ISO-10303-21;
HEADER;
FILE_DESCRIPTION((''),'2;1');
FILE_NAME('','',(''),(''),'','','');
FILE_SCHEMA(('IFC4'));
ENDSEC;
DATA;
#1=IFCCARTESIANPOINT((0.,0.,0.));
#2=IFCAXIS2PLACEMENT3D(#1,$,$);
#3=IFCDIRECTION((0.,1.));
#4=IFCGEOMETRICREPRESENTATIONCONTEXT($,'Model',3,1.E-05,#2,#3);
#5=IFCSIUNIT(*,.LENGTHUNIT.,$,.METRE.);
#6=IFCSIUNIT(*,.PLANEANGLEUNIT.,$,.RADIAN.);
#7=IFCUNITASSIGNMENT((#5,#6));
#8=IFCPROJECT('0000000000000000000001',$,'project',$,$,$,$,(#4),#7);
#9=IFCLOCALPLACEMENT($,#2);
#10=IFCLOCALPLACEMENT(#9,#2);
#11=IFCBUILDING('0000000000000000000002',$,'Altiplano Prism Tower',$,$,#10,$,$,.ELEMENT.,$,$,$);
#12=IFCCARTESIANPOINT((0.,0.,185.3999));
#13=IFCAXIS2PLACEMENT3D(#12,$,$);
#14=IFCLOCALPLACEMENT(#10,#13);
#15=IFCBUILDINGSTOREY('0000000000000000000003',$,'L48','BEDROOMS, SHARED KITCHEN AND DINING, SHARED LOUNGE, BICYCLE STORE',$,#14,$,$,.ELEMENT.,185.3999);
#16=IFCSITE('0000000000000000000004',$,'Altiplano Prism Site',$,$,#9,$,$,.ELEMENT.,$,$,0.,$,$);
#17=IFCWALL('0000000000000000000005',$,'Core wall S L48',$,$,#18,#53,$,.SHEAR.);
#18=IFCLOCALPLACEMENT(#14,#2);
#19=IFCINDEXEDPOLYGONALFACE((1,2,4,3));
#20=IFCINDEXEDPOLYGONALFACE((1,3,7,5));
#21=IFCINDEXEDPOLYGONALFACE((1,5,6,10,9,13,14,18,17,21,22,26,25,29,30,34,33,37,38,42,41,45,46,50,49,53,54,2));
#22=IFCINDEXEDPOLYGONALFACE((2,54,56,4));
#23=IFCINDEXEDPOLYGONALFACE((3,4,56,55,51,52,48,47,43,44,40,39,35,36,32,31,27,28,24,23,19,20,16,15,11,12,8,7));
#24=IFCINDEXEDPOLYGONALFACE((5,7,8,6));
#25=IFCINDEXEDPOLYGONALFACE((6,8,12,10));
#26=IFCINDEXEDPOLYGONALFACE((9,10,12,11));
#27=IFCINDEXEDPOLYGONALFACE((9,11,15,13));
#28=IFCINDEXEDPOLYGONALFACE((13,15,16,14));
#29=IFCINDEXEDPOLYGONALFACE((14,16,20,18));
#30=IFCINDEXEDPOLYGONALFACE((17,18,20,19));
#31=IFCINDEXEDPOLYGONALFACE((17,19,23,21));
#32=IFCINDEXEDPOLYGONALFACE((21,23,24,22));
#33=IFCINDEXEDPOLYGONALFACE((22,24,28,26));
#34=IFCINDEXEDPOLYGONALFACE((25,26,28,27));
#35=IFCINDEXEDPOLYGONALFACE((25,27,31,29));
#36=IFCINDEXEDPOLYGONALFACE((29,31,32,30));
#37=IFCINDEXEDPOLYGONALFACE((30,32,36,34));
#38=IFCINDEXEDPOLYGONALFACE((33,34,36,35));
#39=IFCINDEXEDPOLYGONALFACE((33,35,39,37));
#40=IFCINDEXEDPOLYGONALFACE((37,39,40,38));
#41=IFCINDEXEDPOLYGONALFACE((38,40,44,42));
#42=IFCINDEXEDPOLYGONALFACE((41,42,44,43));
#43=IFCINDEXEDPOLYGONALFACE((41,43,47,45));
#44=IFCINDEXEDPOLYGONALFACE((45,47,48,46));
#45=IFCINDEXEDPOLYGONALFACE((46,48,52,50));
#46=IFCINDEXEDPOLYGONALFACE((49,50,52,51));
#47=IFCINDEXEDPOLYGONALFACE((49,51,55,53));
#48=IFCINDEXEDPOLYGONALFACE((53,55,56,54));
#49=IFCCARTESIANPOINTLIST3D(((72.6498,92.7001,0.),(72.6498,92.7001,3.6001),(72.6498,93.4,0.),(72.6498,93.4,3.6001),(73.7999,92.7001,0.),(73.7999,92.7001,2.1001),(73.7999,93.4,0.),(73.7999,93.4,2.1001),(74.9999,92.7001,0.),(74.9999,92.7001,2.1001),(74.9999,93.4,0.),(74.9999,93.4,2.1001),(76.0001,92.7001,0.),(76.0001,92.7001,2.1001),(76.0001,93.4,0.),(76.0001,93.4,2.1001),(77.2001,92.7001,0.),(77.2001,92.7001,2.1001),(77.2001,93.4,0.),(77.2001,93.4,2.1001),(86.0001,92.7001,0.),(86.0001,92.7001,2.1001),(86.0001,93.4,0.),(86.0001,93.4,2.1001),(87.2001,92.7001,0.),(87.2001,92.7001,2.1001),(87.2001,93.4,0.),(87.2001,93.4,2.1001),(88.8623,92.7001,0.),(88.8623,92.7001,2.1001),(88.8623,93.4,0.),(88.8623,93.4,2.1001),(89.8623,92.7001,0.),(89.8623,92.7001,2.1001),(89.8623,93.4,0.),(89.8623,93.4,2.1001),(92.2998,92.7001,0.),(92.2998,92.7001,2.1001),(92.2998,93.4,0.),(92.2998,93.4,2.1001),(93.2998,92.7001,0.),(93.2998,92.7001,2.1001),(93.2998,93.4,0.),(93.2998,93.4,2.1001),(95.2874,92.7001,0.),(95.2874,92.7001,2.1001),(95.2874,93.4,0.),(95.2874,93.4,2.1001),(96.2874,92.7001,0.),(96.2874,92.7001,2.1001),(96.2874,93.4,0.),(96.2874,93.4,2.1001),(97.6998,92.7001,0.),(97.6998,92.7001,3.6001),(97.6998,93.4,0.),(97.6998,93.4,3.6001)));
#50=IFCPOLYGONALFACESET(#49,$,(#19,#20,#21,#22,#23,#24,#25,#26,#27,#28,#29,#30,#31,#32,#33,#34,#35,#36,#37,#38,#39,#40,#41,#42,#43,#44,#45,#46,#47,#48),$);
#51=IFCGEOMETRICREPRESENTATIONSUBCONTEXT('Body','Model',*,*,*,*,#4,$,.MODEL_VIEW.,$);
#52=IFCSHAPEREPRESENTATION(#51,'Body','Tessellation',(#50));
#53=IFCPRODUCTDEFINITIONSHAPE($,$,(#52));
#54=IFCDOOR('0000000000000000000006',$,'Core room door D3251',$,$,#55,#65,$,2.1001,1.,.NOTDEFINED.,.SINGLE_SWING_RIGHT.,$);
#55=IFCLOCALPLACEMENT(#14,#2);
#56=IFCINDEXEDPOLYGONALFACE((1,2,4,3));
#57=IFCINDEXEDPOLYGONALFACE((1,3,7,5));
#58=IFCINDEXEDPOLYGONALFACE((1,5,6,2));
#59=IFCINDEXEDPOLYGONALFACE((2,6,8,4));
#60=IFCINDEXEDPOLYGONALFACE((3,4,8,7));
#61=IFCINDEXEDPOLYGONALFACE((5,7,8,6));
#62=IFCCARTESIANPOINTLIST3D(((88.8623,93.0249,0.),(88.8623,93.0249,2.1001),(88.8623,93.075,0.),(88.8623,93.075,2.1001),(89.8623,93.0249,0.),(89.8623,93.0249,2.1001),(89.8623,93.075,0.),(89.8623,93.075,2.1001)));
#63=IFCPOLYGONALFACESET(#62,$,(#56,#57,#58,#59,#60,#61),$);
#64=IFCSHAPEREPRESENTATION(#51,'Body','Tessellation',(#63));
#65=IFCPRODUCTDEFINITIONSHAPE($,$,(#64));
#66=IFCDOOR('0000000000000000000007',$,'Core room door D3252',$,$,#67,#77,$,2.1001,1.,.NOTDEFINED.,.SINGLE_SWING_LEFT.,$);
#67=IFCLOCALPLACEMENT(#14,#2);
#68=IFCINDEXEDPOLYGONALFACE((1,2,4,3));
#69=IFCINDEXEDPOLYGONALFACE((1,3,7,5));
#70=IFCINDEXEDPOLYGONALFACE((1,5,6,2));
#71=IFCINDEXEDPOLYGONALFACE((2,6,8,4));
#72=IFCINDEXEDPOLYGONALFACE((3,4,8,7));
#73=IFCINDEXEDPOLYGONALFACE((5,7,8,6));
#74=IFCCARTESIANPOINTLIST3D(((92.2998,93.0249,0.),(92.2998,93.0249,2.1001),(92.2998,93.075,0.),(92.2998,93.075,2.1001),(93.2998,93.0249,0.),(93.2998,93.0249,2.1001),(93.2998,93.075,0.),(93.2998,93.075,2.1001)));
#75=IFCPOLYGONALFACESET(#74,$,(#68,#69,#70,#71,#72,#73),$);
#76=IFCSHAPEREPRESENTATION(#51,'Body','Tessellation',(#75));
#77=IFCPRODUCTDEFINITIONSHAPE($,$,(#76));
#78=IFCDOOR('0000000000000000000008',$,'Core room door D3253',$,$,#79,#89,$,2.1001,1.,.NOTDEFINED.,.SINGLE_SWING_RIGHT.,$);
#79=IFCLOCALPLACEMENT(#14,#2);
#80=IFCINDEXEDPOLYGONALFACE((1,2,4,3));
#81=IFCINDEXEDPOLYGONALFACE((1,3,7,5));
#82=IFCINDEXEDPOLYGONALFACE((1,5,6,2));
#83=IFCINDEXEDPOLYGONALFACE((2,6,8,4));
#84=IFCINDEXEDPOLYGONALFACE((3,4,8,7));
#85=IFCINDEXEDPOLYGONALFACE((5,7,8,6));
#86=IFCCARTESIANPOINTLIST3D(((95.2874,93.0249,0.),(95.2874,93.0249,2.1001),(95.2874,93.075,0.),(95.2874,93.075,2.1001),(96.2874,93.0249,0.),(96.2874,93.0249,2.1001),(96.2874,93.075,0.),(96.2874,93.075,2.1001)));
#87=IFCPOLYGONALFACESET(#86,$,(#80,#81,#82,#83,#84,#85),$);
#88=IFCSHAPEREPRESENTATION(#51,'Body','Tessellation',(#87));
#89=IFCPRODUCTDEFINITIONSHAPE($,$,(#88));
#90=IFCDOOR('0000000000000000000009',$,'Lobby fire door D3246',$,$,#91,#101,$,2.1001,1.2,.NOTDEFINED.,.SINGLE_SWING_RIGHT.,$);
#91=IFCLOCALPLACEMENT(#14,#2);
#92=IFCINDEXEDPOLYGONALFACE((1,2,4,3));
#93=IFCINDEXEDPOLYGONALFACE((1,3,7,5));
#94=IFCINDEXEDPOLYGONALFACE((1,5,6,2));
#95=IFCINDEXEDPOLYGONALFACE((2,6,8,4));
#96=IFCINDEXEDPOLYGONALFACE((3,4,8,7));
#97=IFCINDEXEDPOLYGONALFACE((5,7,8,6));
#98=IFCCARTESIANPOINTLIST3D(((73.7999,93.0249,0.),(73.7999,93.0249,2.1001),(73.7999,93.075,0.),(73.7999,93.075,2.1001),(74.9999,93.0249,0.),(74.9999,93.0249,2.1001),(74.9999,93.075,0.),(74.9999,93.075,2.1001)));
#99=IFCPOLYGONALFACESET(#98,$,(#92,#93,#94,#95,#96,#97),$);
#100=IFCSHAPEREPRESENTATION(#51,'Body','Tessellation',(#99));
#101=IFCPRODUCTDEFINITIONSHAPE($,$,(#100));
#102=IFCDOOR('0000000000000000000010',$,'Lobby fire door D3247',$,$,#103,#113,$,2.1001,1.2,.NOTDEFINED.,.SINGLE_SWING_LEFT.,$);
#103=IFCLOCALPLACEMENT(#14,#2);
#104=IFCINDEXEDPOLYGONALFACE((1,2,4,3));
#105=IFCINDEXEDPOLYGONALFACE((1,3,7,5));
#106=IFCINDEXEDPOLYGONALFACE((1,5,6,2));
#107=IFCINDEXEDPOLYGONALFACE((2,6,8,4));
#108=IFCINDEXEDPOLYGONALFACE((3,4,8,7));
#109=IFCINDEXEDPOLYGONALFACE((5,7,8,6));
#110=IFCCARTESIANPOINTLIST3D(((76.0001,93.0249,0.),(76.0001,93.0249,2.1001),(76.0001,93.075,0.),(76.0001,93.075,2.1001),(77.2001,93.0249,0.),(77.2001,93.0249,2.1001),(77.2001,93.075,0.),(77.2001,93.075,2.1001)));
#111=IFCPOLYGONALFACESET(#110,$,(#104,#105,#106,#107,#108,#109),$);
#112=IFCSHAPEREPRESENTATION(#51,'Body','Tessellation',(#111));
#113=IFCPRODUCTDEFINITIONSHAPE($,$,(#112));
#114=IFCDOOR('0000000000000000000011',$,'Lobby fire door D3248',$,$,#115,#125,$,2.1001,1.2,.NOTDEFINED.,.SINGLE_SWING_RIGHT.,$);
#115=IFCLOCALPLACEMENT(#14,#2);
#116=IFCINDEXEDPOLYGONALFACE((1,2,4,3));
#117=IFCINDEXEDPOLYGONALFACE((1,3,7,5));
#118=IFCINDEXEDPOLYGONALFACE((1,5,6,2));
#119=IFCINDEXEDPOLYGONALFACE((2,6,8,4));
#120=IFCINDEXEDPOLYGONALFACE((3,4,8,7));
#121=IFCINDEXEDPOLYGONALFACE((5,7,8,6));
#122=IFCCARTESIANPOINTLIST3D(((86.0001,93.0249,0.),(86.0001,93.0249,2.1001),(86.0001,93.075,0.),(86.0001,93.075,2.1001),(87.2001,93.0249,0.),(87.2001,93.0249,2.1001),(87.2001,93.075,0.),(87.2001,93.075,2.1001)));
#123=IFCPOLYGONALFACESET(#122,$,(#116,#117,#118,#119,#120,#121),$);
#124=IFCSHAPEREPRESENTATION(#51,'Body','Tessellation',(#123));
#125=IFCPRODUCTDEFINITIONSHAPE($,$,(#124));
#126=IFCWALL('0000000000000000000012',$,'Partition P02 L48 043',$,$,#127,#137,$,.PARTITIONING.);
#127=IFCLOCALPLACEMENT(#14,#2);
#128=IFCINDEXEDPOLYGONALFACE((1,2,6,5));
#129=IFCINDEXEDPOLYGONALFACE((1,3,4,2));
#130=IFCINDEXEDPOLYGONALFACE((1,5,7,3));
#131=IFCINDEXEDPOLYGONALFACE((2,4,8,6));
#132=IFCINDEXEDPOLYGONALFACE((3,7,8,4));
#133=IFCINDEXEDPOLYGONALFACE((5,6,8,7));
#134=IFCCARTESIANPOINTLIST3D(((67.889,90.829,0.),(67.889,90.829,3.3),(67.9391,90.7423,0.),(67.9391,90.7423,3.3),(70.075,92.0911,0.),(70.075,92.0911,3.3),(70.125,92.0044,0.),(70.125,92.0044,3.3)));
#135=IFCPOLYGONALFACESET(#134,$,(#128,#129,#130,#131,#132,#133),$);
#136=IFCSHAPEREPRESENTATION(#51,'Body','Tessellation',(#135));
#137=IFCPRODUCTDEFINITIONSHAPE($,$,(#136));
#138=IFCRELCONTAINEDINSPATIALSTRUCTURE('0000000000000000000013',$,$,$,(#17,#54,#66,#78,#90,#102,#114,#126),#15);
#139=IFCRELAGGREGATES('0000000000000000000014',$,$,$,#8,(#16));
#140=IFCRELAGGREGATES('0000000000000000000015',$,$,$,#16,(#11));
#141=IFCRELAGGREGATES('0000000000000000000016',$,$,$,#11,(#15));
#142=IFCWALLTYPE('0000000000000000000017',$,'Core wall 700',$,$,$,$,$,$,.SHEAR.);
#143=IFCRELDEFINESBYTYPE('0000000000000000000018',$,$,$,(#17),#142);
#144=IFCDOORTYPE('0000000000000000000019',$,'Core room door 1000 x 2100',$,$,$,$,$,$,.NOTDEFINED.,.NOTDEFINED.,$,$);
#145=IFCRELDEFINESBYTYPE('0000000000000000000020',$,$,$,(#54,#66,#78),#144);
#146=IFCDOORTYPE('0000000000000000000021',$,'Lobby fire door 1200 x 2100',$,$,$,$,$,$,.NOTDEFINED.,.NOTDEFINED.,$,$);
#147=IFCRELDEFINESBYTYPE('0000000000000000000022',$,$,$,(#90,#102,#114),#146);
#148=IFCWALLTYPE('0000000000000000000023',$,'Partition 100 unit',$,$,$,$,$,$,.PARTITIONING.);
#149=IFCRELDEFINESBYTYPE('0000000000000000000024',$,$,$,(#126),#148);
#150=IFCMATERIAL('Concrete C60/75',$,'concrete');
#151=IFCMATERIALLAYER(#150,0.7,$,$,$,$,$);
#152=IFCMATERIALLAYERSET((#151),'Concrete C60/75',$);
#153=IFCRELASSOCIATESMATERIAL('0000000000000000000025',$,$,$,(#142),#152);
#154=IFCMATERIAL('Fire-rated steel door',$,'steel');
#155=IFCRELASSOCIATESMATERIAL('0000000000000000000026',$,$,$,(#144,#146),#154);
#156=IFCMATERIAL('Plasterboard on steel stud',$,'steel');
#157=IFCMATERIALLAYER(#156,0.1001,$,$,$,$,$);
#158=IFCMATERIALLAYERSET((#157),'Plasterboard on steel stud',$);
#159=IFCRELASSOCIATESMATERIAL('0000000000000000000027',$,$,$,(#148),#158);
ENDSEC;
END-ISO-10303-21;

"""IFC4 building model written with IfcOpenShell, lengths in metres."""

from ifc_helpers import new_model, si_unit, direction, frame, frame_2d, origin, place, context, subcontext, project, spatial, rectangle, extrude, material, layer, layer_set, type_object, element, fill, save


model = new_model("IFC4")

# Units and contexts
model_context = context("Model", 3, precision=1e-05, world=origin(), true_north=direction((0.0, 1.0)))
body_context = subcontext(model_context, "Body", "Model", "MODEL_VIEW")
ifc_project = project(units=[si_unit("LENGTHUNIT", "METRE"), si_unit("PLANEANGLEUNIT", "RADIAN")], contexts=[model_context])

# Site, building, storey
site_placement = place(None, origin())
site = spatial("IfcSite", under=ifc_project, at=site_placement, Name="Altiplano Prism Site", CompositionType="ELEMENT", RefElevation=0.0)
building_placement = place(site_placement, origin())
building = spatial("IfcBuilding", under=site, at=building_placement, Name="Altiplano Prism Tower", CompositionType="ELEMENT")
storey_placement = place(building_placement, frame((0.0, 0.0, 185.3999)))
storey = spatial("IfcBuildingStorey", under=building, at=storey_placement, Name="L48", Description="BEDROOMS, SHARED KITCHEN AND DINING, SHARED LOUNGE, BICYCLE STORE", CompositionType="ELEMENT", Elevation=185.3999)

# Wall, openings, doors
ifc_material_1 = material(Name="Concrete C60/75", Category="concrete")
ifc_layer_1 = layer(ifc_material_1, 0.7)
ifc_layer_set_1 = layer_set([ifc_layer_1], Name="Concrete C60/75")
wall_type_1 = type_object("IfcWallType", Name="Core wall 700", PredefinedType="SHEAR", material=ifc_layer_set_1)
wall_1_placement = place(storey_placement, frame((72.6499, 93.05, 0.0), z_axis=(0.0, 0.0, 1.0), x_axis=(1.0, 0.0, 0.0)))
wall_1 = element("IfcWall", 1, at=wall_1_placement, inside=storey, type_object=wall_type_1, Name="Core wall S L48", PredefinedType="SHEAR", context=body_context, shape_type="SweptSolid", body=[
    extrude(rectangle(XDim=25.05, YDim=0.7, at=frame_2d((12.5249, 0.0))), origin(), (0.0, 0.0, 1.0), 3.6001),
])
opening_1_placement = place(wall_1_placement, frame((1.1499, 0.0, 0.0)))
opening_1 = element("IfcOpeningElement", 2, at=opening_1_placement, cuts=wall_1, PredefinedType="OPENING", context=body_context, shape_type="SweptSolid", body=[
    extrude(rectangle(XDim=1.2, YDim=2.1001, at=frame_2d((0.6001, 1.05))), frame((0.0, 0.3604, 0.0), z_axis=(0.0, -1.0, 0.0), x_axis=(1.0, 0.0, 0.0)), (0.0, 0.0, 1.0), 0.7209),
])
opening_2_placement = place(wall_1_placement, frame((3.3501, 0.0, 0.0)))
opening_2 = element("IfcOpeningElement", 3, at=opening_2_placement, cuts=wall_1, PredefinedType="OPENING", context=body_context, shape_type="SweptSolid", body=[
    extrude(rectangle(XDim=1.2, YDim=2.1001, at=frame_2d((0.6001, 1.05))), frame((0.0, 0.3604, 0.0), z_axis=(0.0, -1.0, 0.0), x_axis=(1.0, 0.0, 0.0)), (0.0, 0.0, 1.0), 0.7209),
])
opening_3_placement = place(wall_1_placement, frame((13.3501, 0.0, 0.0)))
opening_3 = element("IfcOpeningElement", 4, at=opening_3_placement, cuts=wall_1, PredefinedType="OPENING", context=body_context, shape_type="SweptSolid", body=[
    extrude(rectangle(XDim=1.2, YDim=2.1001, at=frame_2d((0.6001, 1.05))), frame((0.0, 0.3604, 0.0), z_axis=(0.0, -1.0, 0.0), x_axis=(1.0, 0.0, 0.0)), (0.0, 0.0, 1.0), 0.7209),
])
opening_4_placement = place(wall_1_placement, frame((16.2124, 0.0, 0.0)))
opening_4 = element("IfcOpeningElement", 5, at=opening_4_placement, cuts=wall_1, PredefinedType="OPENING", context=body_context, shape_type="SweptSolid", body=[
    extrude(rectangle(XDim=1.0, YDim=2.1001, at=frame_2d((0.5, 1.05))), frame((0.0, 0.3604, 0.0), z_axis=(0.0, -1.0, 0.0), x_axis=(1.0, 0.0, 0.0)), (0.0, 0.0, 1.0), 0.7209),
])
opening_5_placement = place(wall_1_placement, frame((19.6499, 0.0, 0.0)))
opening_5 = element("IfcOpeningElement", 6, at=opening_5_placement, cuts=wall_1, PredefinedType="OPENING", context=body_context, shape_type="SweptSolid", body=[
    extrude(rectangle(XDim=1.0, YDim=2.1001, at=frame_2d((0.5, 1.05))), frame((0.0, 0.3604, 0.0), z_axis=(0.0, -1.0, 0.0), x_axis=(1.0, 0.0, 0.0)), (0.0, 0.0, 1.0), 0.7209),
])
opening_6_placement = place(wall_1_placement, frame((22.6375, 0.0, 0.0)))
opening_6 = element("IfcOpeningElement", 7, at=opening_6_placement, cuts=wall_1, PredefinedType="OPENING", context=body_context, shape_type="SweptSolid", body=[
    extrude(rectangle(XDim=1.0, YDim=2.1001, at=frame_2d((0.5, 1.05))), frame((0.0, 0.3604, 0.0), z_axis=(0.0, -1.0, 0.0), x_axis=(1.0, 0.0, 0.0)), (0.0, 0.0, 1.0), 0.7209),
])
ifc_material_2 = material(Name="Fire-rated steel door", Category="steel")
door_type_1 = type_object("IfcDoorType", Name="Core room door 1000 x 2100", OperationType="NOTDEFINED", PredefinedType="NOTDEFINED", material=ifc_material_2)
door_1_placement = place(opening_4_placement, origin())
door_1 = element("IfcDoor", 8, at=door_1_placement, inside=storey, type_object=door_type_1, Name="Core room door D3251", OperationType="SINGLE_SWING_RIGHT", OverallHeight=2.1001, OverallWidth=1.0, PredefinedType="NOTDEFINED", context=body_context, shape_type="SweptSolid", body=[
    extrude(rectangle(XDim=1.0, YDim=2.1001, at=frame_2d((0.5, 1.05))), frame((0.0, 0.0249, 0.0), z_axis=(0.0, -1.0, 0.0), x_axis=(1.0, 0.0, 0.0)), (0.0, 0.0, 1.0), 0.05),
])
fill(opening_4, door_1)
door_2_placement = place(opening_5_placement, origin())
door_2 = element("IfcDoor", 9, at=door_2_placement, inside=storey, type_object=door_type_1, Name="Core room door D3252", OperationType="SINGLE_SWING_LEFT", OverallHeight=2.1001, OverallWidth=1.0, PredefinedType="NOTDEFINED", context=body_context, shape_type="SweptSolid", body=[
    extrude(rectangle(XDim=1.0, YDim=2.1001, at=frame_2d((0.5, 1.05))), frame((0.0, 0.0249, 0.0), z_axis=(0.0, -1.0, 0.0), x_axis=(1.0, 0.0, 0.0)), (0.0, 0.0, 1.0), 0.05),
])
fill(opening_5, door_2)
door_3_placement = place(opening_6_placement, origin())
door_3 = element("IfcDoor", 10, at=door_3_placement, inside=storey, type_object=door_type_1, Name="Core room door D3253", OperationType="SINGLE_SWING_RIGHT", OverallHeight=2.1001, OverallWidth=1.0, PredefinedType="NOTDEFINED", context=body_context, shape_type="SweptSolid", body=[
    extrude(rectangle(XDim=1.0, YDim=2.1001, at=frame_2d((0.5, 1.05))), frame((0.0, 0.0249, 0.0), z_axis=(0.0, -1.0, 0.0), x_axis=(1.0, 0.0, 0.0)), (0.0, 0.0, 1.0), 0.05),
])
fill(opening_6, door_3)
door_type_2 = type_object("IfcDoorType", Name="Lobby fire door 1200 x 2100", OperationType="NOTDEFINED", PredefinedType="NOTDEFINED", material=ifc_material_2)
door_4_placement = place(opening_1_placement, origin())
door_4 = element("IfcDoor", 11, at=door_4_placement, inside=storey, type_object=door_type_2, Name="Lobby fire door D3246", OperationType="SINGLE_SWING_RIGHT", OverallHeight=2.1001, OverallWidth=1.2, PredefinedType="NOTDEFINED", context=body_context, shape_type="SweptSolid", body=[
    extrude(rectangle(XDim=1.2, YDim=2.1001, at=frame_2d((0.6001, 1.05))), frame((0.0, 0.0249, 0.0), z_axis=(0.0, -1.0, 0.0), x_axis=(1.0, 0.0, 0.0)), (0.0, 0.0, 1.0), 0.05),
])
fill(opening_1, door_4)
door_5_placement = place(opening_2_placement, origin())
door_5 = element("IfcDoor", 12, at=door_5_placement, inside=storey, type_object=door_type_2, Name="Lobby fire door D3247", OperationType="SINGLE_SWING_LEFT", OverallHeight=2.1001, OverallWidth=1.2, PredefinedType="NOTDEFINED", context=body_context, shape_type="SweptSolid", body=[
    extrude(rectangle(XDim=1.2, YDim=2.1001, at=frame_2d((0.6001, 1.05))), frame((0.0, 0.0249, 0.0), z_axis=(0.0, -1.0, 0.0), x_axis=(1.0, 0.0, 0.0)), (0.0, 0.0, 1.0), 0.05),
])
fill(opening_2, door_5)
door_6_placement = place(opening_3_placement, origin())
door_6 = element("IfcDoor", 13, at=door_6_placement, inside=storey, type_object=door_type_2, Name="Lobby fire door D3248", OperationType="SINGLE_SWING_RIGHT", OverallHeight=2.1001, OverallWidth=1.2, PredefinedType="NOTDEFINED", context=body_context, shape_type="SweptSolid", body=[
    extrude(rectangle(XDim=1.2, YDim=2.1001, at=frame_2d((0.6001, 1.05))), frame((0.0, 0.0249, 0.0), z_axis=(0.0, -1.0, 0.0), x_axis=(1.0, 0.0, 0.0)), (0.0, 0.0, 1.0), 0.05),
])
fill(opening_3, door_6)

# Wall
ifc_material_3 = material(Name="Plasterboard on steel stud", Category="steel")
ifc_layer_2 = layer(ifc_material_3, 0.1001)
ifc_layer_set_2 = layer_set([ifc_layer_2], Name="Plasterboard on steel stud")
wall_type_2 = type_object("IfcWallType", Name="Partition 100 unit", PredefinedType="PARTITIONING", material=ifc_layer_set_2)
wall_2_placement = place(storey_placement, frame((70.1001, 92.0479, 0.0), z_axis=(0.0, 0.0, 1.0), x_axis=(-0.866008, -0.500029, 0.0)))
element("IfcWall", 14, at=wall_2_placement, inside=storey, type_object=wall_type_2, Name="Partition P02 L48 043", PredefinedType="PARTITIONING", context=body_context, shape_type="SweptSolid", body=[
    extrude(rectangle(XDim=2.5242, YDim=0.1001, at=frame_2d((1.2622, 0.0))), origin(), (0.0, 0.0, 1.0), 3.3),
])

save(model, "model.ifc")
